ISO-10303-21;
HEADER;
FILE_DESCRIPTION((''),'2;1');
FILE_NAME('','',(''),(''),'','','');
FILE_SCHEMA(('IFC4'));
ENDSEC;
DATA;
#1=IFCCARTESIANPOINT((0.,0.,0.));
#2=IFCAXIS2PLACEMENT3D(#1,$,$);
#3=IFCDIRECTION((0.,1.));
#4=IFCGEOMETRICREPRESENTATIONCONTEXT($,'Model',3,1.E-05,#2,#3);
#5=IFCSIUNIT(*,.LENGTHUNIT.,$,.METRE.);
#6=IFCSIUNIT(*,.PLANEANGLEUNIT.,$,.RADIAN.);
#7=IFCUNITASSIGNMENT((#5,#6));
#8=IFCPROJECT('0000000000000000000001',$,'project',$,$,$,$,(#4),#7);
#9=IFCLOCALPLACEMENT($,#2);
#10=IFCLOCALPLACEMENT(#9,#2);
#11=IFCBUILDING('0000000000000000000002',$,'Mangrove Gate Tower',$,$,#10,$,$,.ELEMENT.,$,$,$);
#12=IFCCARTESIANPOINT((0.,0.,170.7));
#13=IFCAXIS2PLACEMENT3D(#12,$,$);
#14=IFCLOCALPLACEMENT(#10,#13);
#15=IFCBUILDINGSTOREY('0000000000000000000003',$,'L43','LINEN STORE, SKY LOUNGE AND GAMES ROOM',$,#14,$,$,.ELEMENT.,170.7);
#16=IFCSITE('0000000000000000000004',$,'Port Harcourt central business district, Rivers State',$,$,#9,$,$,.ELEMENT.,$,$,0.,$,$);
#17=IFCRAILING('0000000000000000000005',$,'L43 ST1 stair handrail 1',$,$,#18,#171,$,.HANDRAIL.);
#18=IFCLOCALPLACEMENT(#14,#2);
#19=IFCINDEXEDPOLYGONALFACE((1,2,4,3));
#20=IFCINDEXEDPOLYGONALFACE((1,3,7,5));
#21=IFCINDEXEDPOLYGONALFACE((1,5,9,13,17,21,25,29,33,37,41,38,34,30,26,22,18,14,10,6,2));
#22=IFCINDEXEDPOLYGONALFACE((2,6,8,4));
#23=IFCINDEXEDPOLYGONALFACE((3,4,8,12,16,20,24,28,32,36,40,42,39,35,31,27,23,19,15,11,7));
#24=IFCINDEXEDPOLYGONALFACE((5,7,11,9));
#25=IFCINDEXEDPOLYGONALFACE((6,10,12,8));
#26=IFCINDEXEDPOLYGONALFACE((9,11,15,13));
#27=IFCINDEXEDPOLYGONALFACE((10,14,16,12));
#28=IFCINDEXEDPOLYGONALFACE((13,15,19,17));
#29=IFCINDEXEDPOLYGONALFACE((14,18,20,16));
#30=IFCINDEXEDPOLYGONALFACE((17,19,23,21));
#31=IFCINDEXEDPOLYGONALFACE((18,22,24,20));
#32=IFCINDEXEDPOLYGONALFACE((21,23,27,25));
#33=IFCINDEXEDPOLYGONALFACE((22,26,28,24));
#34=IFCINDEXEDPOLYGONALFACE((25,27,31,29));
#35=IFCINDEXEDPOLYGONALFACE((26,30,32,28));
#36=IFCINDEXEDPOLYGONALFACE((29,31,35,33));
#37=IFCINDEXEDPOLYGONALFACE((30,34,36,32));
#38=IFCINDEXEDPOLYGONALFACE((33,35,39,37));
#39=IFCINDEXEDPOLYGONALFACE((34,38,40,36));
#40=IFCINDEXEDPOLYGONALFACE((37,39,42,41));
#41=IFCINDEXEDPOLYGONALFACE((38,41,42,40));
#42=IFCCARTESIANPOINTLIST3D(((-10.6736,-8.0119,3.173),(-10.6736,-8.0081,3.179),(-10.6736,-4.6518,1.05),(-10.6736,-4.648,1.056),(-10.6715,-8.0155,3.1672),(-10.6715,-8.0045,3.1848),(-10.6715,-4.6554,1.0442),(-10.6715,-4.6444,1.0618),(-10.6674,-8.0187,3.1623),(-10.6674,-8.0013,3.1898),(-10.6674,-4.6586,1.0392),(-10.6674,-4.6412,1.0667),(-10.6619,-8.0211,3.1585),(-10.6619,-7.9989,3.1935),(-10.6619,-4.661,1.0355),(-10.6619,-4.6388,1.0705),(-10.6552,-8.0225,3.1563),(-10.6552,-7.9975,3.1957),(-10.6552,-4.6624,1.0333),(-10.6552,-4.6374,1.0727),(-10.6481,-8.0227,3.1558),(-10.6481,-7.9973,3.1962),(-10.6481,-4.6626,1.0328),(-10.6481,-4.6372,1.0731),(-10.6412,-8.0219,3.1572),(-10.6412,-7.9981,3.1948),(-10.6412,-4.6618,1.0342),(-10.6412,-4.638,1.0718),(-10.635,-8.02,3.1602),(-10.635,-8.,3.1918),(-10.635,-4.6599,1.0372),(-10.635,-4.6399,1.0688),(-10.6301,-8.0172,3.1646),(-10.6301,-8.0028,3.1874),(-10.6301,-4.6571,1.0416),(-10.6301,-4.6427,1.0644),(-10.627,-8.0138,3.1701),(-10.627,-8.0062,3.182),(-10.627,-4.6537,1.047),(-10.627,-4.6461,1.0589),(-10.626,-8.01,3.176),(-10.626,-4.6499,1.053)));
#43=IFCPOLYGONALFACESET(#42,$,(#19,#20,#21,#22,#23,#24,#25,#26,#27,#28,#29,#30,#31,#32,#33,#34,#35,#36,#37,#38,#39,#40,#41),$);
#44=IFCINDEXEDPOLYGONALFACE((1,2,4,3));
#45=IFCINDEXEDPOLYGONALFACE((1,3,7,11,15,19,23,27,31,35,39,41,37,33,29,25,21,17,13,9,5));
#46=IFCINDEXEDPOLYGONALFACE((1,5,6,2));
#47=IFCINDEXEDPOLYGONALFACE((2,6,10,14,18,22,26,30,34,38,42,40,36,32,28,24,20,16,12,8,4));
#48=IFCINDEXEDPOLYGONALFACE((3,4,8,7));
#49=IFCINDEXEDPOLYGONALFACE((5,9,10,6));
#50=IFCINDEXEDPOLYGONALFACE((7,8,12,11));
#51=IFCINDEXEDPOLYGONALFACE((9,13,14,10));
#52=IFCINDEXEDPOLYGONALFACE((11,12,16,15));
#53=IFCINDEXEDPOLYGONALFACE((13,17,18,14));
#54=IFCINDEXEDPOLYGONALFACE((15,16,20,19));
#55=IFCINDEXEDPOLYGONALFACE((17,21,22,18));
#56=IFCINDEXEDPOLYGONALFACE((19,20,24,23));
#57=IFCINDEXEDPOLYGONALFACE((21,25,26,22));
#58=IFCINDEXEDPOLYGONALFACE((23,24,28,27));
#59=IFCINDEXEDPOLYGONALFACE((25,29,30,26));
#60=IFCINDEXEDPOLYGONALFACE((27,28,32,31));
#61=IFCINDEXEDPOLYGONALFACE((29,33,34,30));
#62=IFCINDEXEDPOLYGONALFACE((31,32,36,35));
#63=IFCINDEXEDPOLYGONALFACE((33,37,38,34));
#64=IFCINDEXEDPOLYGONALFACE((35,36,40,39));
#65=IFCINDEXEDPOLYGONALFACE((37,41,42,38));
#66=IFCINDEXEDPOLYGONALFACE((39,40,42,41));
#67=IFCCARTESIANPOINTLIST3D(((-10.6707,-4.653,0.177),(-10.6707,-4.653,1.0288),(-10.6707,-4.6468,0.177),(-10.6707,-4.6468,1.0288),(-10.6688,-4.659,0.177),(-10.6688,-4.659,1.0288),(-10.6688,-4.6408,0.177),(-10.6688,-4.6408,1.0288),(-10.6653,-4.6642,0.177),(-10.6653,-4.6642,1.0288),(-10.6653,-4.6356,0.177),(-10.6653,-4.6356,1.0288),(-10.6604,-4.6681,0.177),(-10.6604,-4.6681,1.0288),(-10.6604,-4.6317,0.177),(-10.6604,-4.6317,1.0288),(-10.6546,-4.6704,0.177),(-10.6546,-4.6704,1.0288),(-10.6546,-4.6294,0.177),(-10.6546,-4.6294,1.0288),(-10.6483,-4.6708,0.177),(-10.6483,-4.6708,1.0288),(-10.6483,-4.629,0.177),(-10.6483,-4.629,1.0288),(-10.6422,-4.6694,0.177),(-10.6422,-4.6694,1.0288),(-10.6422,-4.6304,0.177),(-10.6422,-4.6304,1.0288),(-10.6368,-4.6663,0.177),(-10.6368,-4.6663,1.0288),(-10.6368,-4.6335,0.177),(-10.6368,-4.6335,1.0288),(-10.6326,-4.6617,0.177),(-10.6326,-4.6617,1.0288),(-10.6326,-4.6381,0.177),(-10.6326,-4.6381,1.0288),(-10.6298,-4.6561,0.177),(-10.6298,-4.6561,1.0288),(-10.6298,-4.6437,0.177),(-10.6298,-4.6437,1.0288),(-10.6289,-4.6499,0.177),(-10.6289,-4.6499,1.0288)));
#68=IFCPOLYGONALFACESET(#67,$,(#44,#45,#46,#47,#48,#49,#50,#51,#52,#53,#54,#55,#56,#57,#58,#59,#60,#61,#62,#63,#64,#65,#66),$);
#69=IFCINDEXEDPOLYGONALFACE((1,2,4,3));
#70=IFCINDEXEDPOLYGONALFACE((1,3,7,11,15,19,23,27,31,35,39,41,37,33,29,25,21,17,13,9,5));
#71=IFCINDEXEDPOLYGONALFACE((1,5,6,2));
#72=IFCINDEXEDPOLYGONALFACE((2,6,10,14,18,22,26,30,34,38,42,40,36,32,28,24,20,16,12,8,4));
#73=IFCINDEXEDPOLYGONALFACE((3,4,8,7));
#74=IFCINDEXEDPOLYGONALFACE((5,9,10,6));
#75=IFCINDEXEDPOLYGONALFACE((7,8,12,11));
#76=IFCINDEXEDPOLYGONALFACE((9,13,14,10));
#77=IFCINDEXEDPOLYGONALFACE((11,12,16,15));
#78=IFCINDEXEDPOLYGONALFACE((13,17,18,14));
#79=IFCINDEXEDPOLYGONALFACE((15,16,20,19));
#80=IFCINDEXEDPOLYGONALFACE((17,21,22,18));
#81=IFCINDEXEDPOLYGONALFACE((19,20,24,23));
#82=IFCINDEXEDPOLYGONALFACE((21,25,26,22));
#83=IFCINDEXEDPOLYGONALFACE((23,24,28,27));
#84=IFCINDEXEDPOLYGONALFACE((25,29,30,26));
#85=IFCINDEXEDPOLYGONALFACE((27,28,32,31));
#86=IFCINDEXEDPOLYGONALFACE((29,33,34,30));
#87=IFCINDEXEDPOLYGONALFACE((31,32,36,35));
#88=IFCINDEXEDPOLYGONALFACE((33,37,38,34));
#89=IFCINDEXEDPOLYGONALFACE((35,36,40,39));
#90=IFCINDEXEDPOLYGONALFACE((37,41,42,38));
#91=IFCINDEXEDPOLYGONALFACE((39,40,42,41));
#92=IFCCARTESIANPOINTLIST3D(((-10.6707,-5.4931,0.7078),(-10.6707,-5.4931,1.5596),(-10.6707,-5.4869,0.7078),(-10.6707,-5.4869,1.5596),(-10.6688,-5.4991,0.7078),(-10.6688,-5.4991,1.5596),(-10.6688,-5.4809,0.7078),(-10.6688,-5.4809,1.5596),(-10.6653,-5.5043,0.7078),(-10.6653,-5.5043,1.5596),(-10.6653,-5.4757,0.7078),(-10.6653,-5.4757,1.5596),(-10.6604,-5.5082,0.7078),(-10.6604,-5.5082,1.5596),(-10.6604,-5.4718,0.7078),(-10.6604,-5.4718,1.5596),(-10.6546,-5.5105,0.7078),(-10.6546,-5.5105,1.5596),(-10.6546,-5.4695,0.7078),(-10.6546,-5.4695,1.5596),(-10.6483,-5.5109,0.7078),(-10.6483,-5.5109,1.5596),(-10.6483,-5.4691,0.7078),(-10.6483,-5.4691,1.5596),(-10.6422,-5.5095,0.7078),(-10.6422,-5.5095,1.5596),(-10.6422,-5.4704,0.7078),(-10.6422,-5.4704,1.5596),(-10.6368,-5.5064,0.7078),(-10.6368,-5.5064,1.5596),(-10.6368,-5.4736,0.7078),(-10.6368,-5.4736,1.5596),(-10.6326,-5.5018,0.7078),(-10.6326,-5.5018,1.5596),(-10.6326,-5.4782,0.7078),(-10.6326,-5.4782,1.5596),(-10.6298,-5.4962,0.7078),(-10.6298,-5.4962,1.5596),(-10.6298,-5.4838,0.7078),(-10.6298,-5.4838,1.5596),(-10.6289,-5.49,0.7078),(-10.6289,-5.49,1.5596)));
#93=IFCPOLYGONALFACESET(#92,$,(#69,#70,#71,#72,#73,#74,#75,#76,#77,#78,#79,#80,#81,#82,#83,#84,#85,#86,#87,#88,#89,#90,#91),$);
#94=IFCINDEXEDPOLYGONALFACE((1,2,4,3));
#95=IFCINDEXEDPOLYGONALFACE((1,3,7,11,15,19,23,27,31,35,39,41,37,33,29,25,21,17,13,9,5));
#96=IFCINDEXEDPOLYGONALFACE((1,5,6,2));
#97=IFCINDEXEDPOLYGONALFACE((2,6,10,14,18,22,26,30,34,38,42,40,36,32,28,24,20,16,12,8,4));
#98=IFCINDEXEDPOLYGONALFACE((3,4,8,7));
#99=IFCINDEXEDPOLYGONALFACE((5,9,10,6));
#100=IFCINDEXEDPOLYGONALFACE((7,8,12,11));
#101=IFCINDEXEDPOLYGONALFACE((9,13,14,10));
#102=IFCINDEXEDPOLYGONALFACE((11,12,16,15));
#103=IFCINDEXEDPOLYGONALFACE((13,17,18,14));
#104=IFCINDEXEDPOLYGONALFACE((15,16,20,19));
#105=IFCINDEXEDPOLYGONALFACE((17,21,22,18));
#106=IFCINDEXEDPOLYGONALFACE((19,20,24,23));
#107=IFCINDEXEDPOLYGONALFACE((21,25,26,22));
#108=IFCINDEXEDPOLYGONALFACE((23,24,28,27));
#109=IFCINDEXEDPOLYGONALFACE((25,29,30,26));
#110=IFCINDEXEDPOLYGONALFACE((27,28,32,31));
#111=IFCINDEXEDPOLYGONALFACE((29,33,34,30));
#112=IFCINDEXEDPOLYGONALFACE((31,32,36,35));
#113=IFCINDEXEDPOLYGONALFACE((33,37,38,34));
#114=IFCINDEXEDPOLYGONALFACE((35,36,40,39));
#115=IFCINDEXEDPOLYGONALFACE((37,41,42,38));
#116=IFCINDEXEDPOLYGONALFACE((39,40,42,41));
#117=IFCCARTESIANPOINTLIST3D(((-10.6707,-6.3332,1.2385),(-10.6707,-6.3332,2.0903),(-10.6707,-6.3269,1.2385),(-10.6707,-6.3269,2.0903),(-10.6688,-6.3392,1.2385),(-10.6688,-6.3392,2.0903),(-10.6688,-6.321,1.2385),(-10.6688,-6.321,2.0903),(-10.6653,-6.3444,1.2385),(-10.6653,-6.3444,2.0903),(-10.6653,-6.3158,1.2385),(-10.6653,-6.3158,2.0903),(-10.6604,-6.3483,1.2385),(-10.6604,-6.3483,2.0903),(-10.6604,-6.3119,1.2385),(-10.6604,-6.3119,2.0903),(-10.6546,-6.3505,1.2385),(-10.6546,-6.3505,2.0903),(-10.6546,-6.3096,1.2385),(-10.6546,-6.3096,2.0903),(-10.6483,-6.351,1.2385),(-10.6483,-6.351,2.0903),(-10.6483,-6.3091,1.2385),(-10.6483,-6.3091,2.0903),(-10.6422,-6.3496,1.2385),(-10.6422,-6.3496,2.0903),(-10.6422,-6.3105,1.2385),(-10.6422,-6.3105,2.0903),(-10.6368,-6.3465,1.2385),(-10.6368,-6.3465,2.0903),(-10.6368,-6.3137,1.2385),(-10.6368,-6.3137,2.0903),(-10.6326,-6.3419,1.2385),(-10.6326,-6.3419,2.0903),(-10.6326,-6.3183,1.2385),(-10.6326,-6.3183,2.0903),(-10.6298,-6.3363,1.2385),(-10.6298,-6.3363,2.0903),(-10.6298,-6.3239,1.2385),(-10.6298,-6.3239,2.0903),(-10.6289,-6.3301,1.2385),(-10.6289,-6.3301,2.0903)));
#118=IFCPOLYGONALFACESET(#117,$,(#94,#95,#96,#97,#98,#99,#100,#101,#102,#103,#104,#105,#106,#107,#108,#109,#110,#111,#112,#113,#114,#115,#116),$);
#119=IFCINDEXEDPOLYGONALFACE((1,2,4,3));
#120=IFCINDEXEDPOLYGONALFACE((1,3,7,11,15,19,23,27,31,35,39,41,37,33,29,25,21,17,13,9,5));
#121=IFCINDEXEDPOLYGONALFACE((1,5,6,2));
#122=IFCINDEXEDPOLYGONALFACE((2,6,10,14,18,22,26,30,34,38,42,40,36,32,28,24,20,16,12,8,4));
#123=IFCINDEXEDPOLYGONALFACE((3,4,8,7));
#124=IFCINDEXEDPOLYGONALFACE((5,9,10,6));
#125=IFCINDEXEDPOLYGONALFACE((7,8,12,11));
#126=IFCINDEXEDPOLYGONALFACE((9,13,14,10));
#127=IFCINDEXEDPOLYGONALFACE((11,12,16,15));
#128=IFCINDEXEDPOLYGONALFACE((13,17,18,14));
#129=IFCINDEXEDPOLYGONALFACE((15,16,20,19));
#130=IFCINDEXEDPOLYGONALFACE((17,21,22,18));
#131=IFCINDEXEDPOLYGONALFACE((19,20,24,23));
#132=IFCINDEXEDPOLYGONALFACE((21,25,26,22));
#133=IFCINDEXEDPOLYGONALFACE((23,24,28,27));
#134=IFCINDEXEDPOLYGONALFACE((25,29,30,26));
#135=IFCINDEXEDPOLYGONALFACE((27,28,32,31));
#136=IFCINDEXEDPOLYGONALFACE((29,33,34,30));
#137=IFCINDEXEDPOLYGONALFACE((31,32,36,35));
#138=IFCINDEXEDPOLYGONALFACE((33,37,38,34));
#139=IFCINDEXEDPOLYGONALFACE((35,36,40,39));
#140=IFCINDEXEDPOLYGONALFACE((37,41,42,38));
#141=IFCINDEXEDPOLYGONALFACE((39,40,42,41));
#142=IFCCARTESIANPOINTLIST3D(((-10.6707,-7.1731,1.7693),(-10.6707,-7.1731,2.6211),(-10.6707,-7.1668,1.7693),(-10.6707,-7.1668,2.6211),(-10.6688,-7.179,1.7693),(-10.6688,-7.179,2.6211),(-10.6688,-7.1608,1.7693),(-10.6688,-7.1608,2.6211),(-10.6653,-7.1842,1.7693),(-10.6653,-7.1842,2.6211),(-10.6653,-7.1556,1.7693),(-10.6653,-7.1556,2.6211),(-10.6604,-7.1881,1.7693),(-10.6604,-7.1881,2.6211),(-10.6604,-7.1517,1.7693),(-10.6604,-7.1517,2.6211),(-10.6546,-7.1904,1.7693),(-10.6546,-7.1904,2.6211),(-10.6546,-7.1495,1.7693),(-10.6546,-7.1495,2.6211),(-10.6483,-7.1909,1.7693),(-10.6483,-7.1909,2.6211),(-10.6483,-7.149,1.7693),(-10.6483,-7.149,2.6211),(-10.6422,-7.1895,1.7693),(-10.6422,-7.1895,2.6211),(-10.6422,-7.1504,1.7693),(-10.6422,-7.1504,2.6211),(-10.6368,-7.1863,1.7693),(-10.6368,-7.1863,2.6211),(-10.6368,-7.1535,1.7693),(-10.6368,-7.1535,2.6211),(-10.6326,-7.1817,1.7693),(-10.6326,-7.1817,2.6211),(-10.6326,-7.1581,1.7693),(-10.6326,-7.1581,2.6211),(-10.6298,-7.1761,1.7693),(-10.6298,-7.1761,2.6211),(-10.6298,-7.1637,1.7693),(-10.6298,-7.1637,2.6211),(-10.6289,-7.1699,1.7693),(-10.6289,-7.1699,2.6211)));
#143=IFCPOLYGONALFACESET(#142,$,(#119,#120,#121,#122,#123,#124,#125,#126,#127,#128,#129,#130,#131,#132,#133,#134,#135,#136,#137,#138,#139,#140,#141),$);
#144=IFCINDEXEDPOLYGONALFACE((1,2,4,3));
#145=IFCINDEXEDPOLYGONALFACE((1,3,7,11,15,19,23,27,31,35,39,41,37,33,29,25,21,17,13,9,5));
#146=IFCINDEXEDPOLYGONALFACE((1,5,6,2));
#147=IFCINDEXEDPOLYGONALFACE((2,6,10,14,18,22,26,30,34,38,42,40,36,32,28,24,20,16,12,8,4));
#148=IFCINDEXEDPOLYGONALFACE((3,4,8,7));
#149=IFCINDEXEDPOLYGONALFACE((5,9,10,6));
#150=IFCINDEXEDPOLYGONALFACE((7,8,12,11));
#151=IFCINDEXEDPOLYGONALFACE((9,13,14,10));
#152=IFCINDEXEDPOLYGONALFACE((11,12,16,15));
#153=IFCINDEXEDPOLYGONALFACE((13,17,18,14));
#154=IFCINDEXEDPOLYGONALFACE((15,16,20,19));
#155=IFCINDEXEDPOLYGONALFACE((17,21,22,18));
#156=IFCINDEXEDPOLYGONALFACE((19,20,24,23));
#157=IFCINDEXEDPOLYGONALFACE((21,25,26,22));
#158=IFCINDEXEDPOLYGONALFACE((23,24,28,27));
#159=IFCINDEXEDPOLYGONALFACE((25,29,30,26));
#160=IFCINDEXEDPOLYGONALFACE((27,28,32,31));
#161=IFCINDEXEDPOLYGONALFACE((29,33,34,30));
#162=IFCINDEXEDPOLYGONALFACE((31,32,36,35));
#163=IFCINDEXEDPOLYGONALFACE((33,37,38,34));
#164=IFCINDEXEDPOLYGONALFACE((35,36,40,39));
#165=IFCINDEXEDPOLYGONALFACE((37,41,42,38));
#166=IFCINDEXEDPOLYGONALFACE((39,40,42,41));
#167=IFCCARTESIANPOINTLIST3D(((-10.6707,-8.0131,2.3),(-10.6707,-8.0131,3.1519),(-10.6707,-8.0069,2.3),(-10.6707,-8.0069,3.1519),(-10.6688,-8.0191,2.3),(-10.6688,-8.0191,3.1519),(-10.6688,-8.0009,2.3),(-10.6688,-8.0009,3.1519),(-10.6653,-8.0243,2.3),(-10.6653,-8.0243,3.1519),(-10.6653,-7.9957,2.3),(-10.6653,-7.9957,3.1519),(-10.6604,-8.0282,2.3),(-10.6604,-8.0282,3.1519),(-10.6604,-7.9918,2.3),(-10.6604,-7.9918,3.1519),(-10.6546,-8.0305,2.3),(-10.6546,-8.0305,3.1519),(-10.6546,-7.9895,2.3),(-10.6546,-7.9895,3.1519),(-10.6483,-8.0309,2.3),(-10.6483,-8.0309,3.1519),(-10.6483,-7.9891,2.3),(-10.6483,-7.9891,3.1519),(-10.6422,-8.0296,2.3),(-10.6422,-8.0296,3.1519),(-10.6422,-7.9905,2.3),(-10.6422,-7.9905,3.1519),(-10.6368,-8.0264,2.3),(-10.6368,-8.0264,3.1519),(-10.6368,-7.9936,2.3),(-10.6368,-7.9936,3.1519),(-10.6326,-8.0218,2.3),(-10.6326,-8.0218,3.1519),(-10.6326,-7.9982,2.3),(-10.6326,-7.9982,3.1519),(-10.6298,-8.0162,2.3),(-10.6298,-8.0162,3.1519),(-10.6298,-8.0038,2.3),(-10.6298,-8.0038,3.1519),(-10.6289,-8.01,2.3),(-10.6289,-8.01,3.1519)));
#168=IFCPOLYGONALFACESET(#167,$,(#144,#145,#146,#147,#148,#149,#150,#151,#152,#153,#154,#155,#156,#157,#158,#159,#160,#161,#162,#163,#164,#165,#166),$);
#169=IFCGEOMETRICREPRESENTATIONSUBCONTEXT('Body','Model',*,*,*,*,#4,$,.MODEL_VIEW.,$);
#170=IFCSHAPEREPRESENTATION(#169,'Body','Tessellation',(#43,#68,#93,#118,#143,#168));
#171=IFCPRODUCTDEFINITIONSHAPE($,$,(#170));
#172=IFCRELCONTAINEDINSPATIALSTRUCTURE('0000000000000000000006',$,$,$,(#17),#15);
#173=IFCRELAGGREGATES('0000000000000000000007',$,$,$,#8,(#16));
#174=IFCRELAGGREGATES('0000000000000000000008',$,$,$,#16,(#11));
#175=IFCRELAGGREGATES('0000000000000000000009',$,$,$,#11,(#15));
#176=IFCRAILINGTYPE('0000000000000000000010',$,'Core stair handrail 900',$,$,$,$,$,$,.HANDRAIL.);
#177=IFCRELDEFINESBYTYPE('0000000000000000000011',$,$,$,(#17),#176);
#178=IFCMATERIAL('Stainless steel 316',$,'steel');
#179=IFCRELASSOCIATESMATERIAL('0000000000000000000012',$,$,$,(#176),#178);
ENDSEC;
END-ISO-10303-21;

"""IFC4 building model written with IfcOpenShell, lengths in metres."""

from ifc_helpers import new_model, si_unit, direction, frame, origin, origin_2d, place, context, subcontext, project, spatial, circle, extrude, material, type_object, element, save


model = new_model("IFC4")

# Units and contexts
model_context = context("Model", 3, precision=1e-05, world=origin(), true_north=direction((0.0, 1.0)))
body_context = subcontext(model_context, "Body", "Model", "MODEL_VIEW")
ifc_project = project(units=[si_unit("LENGTHUNIT", "METRE"), si_unit("PLANEANGLEUNIT", "RADIAN")], contexts=[model_context])

# Site, building, storey
site_placement = place(None, origin())
site = spatial("IfcSite", under=ifc_project, at=site_placement, Name="Port Harcourt central business district, Rivers State", CompositionType="ELEMENT", RefElevation=0.0)
building_placement = place(site_placement, origin())
building = spatial("IfcBuilding", under=site, at=building_placement, Name="Mangrove Gate Tower", CompositionType="ELEMENT")
storey_placement = place(building_placement, frame((0.0, 0.0, 170.7)))
storey = spatial("IfcBuildingStorey", under=building, at=storey_placement, Name="L43", Description="LINEN STORE, SKY LOUNGE AND GAMES ROOM", CompositionType="ELEMENT", Elevation=170.7)

# Railing
ifc_material_1 = material(Name="Stainless steel 316", Category="steel")
railing_type_1 = type_object("IfcRailingType", Name="Core stair handrail 900", PredefinedType="HANDRAIL", material=ifc_material_1)
railing_1_placement = place(storey_placement, frame((-10.6499, -4.6499, 0.177)))
element("IfcRailing", 1, at=railing_1_placement, inside=storey, type_object=railing_type_1, Name="L43 ST1 stair handrail 1", PredefinedType="HANDRAIL", context=body_context, shape_type="SweptSolid", body=[
    extrude(circle(Radius=0.0239, at=origin_2d()), frame((0.0, 0.0, 0.876), z_axis=(0.0, -0.84539, 0.53415), x_axis=(1.0, 0.0, 0.0)), (0.0, 0.0, 1.0), 3.9746),
    extrude(circle(Radius=0.021, at=origin_2d()), origin(), (0.0, 0.0, 1.0), 0.8518),
    extrude(circle(Radius=0.021, at=origin_2d()), frame((0.0, -0.8401, 0.5308)), (0.0, 0.0, 1.0), 0.8518),
    extrude(circle(Radius=0.021, at=origin_2d()), frame((0.0, -1.6802, 1.0615)), (0.0, 0.0, 1.0), 0.8518),
    extrude(circle(Radius=0.021, at=origin_2d()), frame((0.0, -2.52, 1.5923)), (0.0, 0.0, 1.0), 0.8518),
    extrude(circle(Radius=0.021, at=origin_2d()), frame((0.0, -3.3601, 2.123)), (0.0, 0.0, 1.0), 0.8518),
])

save(model, "model.ifc")
